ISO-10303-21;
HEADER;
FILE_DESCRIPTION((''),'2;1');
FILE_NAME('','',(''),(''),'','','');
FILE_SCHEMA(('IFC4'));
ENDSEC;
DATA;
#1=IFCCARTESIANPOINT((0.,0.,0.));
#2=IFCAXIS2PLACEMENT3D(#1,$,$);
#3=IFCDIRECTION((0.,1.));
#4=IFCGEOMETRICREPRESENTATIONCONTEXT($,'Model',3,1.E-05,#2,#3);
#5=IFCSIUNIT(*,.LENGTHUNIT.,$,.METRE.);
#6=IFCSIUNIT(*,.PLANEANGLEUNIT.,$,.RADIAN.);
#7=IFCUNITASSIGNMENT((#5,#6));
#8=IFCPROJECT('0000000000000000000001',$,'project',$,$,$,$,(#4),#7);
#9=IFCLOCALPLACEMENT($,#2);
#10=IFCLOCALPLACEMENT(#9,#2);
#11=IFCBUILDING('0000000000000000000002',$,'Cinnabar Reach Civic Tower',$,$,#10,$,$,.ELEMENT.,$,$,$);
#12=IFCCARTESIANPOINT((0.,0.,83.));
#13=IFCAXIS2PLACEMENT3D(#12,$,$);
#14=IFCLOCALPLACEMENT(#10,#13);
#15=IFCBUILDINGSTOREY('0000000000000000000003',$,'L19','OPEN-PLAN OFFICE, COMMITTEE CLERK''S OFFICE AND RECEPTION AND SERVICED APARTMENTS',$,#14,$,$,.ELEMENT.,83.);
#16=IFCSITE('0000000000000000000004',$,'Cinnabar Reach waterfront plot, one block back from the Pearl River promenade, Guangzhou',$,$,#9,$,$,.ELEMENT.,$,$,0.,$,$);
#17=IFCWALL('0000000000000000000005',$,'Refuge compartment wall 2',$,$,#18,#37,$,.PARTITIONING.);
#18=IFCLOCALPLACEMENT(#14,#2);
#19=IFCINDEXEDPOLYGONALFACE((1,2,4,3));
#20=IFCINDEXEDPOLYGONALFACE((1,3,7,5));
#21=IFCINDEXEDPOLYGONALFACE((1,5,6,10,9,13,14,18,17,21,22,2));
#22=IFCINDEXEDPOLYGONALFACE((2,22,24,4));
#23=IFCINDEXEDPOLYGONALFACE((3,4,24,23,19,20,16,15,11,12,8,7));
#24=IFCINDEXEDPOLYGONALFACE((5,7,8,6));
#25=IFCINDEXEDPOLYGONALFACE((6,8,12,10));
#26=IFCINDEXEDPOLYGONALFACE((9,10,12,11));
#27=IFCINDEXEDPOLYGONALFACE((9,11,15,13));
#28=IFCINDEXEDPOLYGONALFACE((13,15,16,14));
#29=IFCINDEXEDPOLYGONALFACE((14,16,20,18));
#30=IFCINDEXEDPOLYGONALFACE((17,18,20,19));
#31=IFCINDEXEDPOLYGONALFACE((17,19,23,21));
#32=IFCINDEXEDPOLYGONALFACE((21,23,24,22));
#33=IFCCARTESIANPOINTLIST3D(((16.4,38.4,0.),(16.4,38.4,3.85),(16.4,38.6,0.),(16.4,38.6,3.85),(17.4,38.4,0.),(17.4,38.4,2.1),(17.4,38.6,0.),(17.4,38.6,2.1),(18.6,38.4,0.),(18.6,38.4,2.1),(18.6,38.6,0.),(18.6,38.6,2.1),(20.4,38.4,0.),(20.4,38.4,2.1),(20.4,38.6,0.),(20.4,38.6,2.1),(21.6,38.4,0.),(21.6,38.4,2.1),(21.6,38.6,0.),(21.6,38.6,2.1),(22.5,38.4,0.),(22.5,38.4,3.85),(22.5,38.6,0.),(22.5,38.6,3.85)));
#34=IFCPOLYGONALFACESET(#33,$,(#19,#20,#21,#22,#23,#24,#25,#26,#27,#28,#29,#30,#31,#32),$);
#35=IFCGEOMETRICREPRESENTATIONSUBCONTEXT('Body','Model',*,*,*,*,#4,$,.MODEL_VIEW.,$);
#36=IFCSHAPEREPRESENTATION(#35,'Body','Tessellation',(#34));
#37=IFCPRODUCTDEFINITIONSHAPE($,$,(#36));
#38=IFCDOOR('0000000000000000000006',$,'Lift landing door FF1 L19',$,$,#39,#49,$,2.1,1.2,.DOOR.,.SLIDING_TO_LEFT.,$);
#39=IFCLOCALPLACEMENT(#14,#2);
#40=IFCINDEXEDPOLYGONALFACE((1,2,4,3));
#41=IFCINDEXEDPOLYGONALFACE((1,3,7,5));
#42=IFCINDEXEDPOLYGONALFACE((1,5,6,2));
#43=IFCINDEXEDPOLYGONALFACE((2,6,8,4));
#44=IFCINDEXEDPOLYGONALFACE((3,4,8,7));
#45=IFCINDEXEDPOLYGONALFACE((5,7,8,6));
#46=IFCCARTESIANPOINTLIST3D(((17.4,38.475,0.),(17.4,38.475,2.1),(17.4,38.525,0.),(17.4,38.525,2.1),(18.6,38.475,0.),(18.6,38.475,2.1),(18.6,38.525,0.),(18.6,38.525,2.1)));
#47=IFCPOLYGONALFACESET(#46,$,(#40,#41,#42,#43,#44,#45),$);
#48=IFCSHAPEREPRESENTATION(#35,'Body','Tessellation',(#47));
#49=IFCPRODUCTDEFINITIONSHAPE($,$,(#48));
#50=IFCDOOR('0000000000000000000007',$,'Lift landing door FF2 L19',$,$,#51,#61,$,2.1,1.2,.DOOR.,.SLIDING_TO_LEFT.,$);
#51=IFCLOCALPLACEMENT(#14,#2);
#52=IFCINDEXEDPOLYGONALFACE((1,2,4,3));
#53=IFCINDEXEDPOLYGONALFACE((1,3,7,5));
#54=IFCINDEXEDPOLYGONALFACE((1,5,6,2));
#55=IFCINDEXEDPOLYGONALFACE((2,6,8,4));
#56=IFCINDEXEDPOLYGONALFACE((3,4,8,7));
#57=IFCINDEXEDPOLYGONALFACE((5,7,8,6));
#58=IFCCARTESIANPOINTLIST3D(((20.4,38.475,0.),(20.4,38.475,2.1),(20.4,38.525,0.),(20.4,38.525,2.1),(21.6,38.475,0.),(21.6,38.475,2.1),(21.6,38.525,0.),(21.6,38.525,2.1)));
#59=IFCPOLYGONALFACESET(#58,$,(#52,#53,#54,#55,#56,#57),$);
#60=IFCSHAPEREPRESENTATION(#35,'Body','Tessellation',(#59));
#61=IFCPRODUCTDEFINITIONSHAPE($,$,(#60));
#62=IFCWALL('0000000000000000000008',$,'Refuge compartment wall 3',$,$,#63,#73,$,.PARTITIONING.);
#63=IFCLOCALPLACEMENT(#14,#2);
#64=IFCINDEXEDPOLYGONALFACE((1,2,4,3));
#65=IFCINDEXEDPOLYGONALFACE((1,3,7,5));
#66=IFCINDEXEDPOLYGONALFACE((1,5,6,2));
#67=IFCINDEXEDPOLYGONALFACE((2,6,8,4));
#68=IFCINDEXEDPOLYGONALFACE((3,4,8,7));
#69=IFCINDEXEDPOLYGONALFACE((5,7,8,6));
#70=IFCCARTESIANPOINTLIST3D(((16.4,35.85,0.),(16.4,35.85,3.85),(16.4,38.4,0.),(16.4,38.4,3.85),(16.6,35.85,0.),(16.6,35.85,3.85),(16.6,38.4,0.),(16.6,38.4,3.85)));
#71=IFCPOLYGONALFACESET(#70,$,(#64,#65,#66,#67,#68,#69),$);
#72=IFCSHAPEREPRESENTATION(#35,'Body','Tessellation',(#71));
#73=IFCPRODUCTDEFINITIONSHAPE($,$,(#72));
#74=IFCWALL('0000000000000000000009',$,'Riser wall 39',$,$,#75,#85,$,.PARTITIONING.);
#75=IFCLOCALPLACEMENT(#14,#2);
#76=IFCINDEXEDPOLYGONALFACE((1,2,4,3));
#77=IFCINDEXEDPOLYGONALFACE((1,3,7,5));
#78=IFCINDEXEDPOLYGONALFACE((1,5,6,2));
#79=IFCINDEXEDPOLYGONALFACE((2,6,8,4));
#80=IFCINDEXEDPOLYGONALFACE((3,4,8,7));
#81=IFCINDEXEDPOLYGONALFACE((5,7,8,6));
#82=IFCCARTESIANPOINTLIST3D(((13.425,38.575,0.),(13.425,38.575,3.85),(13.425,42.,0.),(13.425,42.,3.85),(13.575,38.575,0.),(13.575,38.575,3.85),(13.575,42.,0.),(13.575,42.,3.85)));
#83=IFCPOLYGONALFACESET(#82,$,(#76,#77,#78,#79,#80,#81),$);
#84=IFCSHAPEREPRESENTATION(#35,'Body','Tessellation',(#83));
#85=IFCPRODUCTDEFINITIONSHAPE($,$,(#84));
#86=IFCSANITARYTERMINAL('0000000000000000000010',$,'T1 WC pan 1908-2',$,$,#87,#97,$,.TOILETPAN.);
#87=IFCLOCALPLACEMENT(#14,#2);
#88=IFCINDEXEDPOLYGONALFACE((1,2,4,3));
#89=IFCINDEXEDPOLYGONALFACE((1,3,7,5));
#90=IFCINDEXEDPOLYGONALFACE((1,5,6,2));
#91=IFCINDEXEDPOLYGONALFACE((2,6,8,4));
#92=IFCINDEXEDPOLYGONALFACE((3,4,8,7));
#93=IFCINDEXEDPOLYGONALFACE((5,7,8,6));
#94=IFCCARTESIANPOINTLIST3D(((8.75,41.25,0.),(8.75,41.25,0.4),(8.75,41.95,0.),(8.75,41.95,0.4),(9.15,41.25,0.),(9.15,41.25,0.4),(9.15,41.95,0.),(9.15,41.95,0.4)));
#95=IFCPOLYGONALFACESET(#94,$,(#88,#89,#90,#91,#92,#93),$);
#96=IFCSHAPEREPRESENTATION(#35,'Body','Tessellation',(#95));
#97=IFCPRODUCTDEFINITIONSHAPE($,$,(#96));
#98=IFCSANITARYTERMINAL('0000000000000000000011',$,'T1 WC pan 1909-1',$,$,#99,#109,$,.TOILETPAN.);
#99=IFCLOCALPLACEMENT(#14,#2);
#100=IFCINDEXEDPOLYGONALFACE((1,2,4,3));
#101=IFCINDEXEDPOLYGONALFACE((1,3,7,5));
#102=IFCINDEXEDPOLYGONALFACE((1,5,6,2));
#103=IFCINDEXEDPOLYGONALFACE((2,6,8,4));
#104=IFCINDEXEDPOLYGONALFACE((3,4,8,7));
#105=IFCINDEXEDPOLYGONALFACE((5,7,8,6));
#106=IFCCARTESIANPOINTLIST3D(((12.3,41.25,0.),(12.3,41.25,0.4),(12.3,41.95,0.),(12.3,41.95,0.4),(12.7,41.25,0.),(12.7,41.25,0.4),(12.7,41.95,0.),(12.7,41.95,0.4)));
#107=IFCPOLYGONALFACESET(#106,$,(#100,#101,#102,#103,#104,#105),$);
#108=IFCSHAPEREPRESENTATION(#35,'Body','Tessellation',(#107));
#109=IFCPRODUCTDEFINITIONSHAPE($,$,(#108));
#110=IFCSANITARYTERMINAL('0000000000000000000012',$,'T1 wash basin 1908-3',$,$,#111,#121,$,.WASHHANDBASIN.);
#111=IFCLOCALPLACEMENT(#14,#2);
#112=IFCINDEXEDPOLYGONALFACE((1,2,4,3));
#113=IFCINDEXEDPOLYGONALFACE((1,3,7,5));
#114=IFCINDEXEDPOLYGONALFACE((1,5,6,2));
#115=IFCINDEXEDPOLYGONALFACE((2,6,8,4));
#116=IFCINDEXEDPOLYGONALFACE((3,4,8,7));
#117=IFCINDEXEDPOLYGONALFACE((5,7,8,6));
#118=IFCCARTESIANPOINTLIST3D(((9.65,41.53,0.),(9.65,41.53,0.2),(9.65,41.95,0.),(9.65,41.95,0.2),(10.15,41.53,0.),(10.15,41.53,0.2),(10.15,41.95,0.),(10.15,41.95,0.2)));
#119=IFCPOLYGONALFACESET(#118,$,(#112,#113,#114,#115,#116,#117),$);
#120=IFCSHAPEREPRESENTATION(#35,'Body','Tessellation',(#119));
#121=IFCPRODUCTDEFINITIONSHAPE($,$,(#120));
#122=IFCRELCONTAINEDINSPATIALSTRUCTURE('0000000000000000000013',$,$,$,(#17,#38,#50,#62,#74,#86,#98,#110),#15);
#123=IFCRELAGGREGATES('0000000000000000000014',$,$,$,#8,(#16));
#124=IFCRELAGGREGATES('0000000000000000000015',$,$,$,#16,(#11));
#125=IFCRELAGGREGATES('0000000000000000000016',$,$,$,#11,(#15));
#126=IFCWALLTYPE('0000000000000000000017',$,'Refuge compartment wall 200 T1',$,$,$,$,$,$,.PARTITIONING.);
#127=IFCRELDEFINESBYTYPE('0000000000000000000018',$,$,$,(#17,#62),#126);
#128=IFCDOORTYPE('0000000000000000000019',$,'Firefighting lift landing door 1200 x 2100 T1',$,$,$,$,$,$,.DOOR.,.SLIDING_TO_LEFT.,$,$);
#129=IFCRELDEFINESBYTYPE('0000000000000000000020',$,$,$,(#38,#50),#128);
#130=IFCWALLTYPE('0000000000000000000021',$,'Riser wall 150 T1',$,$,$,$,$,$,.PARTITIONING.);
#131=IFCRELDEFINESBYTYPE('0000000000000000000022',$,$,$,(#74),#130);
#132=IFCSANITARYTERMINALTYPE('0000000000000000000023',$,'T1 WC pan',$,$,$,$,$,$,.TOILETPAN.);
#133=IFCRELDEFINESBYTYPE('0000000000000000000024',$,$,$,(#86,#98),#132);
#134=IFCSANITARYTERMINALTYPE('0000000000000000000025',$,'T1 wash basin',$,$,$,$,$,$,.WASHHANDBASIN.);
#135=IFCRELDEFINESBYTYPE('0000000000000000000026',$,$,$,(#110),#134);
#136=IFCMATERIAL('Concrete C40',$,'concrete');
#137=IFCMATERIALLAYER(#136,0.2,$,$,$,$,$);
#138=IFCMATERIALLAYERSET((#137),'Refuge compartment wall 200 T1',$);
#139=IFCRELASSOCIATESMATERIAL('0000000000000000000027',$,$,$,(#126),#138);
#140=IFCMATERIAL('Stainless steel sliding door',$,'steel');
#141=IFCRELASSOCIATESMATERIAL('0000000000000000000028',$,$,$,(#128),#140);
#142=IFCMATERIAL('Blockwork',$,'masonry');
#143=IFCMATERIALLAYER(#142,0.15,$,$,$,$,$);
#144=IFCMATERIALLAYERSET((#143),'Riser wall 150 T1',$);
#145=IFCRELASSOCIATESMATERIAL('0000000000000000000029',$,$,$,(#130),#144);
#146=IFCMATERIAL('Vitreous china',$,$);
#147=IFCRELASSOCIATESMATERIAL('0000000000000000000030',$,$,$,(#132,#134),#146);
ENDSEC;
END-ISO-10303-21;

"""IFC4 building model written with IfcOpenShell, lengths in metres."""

from ifc_helpers import new_model, si_unit, direction, frame, frame_2d, origin, origin_2d, place, context, subcontext, project, spatial, rectangle, extrude, material, layer, layer_set, type_object, element, fill, save


model = new_model("IFC4")

# Units and contexts
model_context = context("Model", 3, precision=1e-05, world=origin(), true_north=direction((0.0, 1.0)))
body_context = subcontext(model_context, "Body", "Model", "MODEL_VIEW")
ifc_project = project(units=[si_unit("LENGTHUNIT", "METRE"), si_unit("PLANEANGLEUNIT", "RADIAN")], contexts=[model_context])

# Site, building, storey
site_placement = place(None, origin())
site = spatial("IfcSite", under=ifc_project, at=site_placement, Name="Cinnabar Reach waterfront plot, one block back from the Pearl River promenade, Guangzhou", CompositionType="ELEMENT", RefElevation=0.0)
building_placement = place(site_placement, origin())
building = spatial("IfcBuilding", under=site, at=building_placement, Name="Cinnabar Reach Civic Tower", CompositionType="ELEMENT")
storey_placement = place(building_placement, frame((0.0, 0.0, 83.0)))
storey = spatial("IfcBuildingStorey", under=building, at=storey_placement, Name="L19", Description="OPEN-PLAN OFFICE, COMMITTEE CLERK'S OFFICE AND RECEPTION AND SERVICED APARTMENTS", CompositionType="ELEMENT", Elevation=83.0)

# Shared definitions
ifc_material_1 = material(Name="Blockwork", Category="masonry")
ifc_material_2 = material(Name="Concrete C40", Category="concrete")
ifc_layer_1 = layer(ifc_material_2, 0.2)
ifc_layer_set_1 = layer_set([ifc_layer_1], Name="Refuge compartment wall 200 T1")
wall_type_1 = type_object("IfcWallType", Name="Refuge compartment wall 200 T1", PredefinedType="PARTITIONING", material=ifc_layer_set_1)

# Wall, openings, doors
wall_1_placement = place(storey_placement, frame((16.4, 38.5, 0.0), z_axis=(0.0, 0.0, 1.0), x_axis=(1.0, 0.0, 0.0)))
wall_1 = element("IfcWall", 1, at=wall_1_placement, inside=storey, type_object=wall_type_1, Name="Refuge compartment wall 2", PredefinedType="PARTITIONING", context=body_context, shape_type="SweptSolid", body=[
    extrude(rectangle(XDim=6.1, YDim=0.2, at=frame_2d((3.05, 0.0))), origin(), (0.0, 0.0, 1.0), 3.85),
])
opening_1_placement = place(wall_1_placement, frame((1.0, 0.0, 0.0)))
opening_1 = element("IfcOpeningElement", 2, at=opening_1_placement, cuts=wall_1, PredefinedType="OPENING", context=body_context, shape_type="SweptSolid", body=[
    extrude(rectangle(XDim=1.2, YDim=2.1, at=frame_2d((0.6, 1.05))), frame((0.0, 0.11, 0.0), z_axis=(0.0, -1.0, 0.0), x_axis=(1.0, 0.0, 0.0)), (0.0, 0.0, 1.0), 0.22),
])
opening_2_placement = place(wall_1_placement, frame((4.0, 0.0, 0.0)))
opening_2 = element("IfcOpeningElement", 3, at=opening_2_placement, cuts=wall_1, PredefinedType="OPENING", context=body_context, shape_type="SweptSolid", body=[
    extrude(rectangle(XDim=1.2, YDim=2.1, at=frame_2d((0.6, 1.05))), frame((0.0, 0.11, 0.0), z_axis=(0.0, -1.0, 0.0), x_axis=(1.0, 0.0, 0.0)), (0.0, 0.0, 1.0), 0.22),
])
ifc_material_3 = material(Name="Stainless steel sliding door", Category="steel")
door_type = type_object("IfcDoorType", Name="Firefighting lift landing door 1200 x 2100 T1", OperationType="SLIDING_TO_LEFT", PredefinedType="DOOR", material=ifc_material_3)
door_1_placement = place(opening_1_placement, origin())
door_1 = element("IfcDoor", 4, at=door_1_placement, inside=storey, type_object=door_type, Name="Lift landing door FF1 L19", OperationType="SLIDING_TO_LEFT", OverallHeight=2.1, OverallWidth=1.2, PredefinedType="DOOR", context=body_context, shape_type="SweptSolid", body=[
    extrude(rectangle(XDim=1.2, YDim=2.1, at=frame_2d((0.6, 1.05))), frame((0.0, 0.025, 0.0), z_axis=(0.0, -1.0, 0.0), x_axis=(1.0, 0.0, 0.0)), (0.0, 0.0, 1.0), 0.05),
])
fill(opening_1, door_1)
door_2_placement = place(opening_2_placement, origin())
door_2 = element("IfcDoor", 5, at=door_2_placement, inside=storey, type_object=door_type, Name="Lift landing door FF2 L19", OperationType="SLIDING_TO_LEFT", OverallHeight=2.1, OverallWidth=1.2, PredefinedType="DOOR", context=body_context, shape_type="SweptSolid", body=[
    extrude(rectangle(XDim=1.2, YDim=2.1, at=frame_2d((0.6, 1.05))), frame((0.0, 0.025, 0.0), z_axis=(0.0, -1.0, 0.0), x_axis=(1.0, 0.0, 0.0)), (0.0, 0.0, 1.0), 0.05),
])
fill(opening_2, door_2)

# Walls
wall_2_placement = place(storey_placement, frame((16.5, 35.85, 0.0), z_axis=(0.0, 0.0, 1.0), x_axis=(0.0, 1.0, 0.0)))
element("IfcWall", 6, at=wall_2_placement, inside=storey, type_object=wall_type_1, Name="Refuge compartment wall 3", PredefinedType="PARTITIONING", context=body_context, shape_type="SweptSolid", body=[
    extrude(rectangle(XDim=2.55, YDim=0.2, at=frame_2d((1.275, 0.0))), origin(), (0.0, 0.0, 1.0), 3.85),
])
ifc_layer_2 = layer(ifc_material_1, 0.15)
ifc_layer_set_2 = layer_set([ifc_layer_2], Name="Riser wall 150 T1")
wall_type_2 = type_object("IfcWallType", Name="Riser wall 150 T1", PredefinedType="PARTITIONING", material=ifc_layer_set_2)
wall_3_placement = place(storey_placement, frame((13.5, 38.575, 0.0), z_axis=(0.0, 0.0, 1.0), x_axis=(0.0, 1.0, 0.0)))
element("IfcWall", 7, at=wall_3_placement, inside=storey, type_object=wall_type_2, Name="Riser wall 39", PredefinedType="PARTITIONING", context=body_context, shape_type="SweptSolid", body=[
    extrude(rectangle(XDim=3.425, YDim=0.15, at=frame_2d((1.7125, 0.0))), origin(), (0.0, 0.0, 1.0), 3.85),
])

# Sanitary terminals
ifc_material_4 = material(Name="Vitreous china")
sanitary_terminal_type_1 = type_object("IfcSanitaryTerminalType", Name="T1 WC pan", PredefinedType="TOILETPAN", material=ifc_material_4)
for number, where, z_axis, x_axis, name in (
    (8, (8.95, 41.6, 0.0), (0.0, 0.0, 1.0), (1.0, 0.0, 0.0), "T1 WC pan 1908-2"),
    (9, (12.5, 41.6, 0.0), (0.0, 0.0, 1.0), (1.0, 0.0, 0.0), "T1 WC pan 1909-1"),
):
    element("IfcSanitaryTerminal", number, at=place(storey_placement, frame(where, z_axis=z_axis, x_axis=x_axis)), inside=storey, type_object=sanitary_terminal_type_1, Name=name, PredefinedType="TOILETPAN", context=body_context, shape_type="SweptSolid", body=[
        extrude(rectangle(XDim=0.4, YDim=0.7, at=origin_2d()), origin(), (0.0, 0.0, 1.0), 0.4),
    ])
sanitary_terminal_type_2 = type_object("IfcSanitaryTerminalType", Name="T1 wash basin", PredefinedType="WASHHANDBASIN", material=ifc_material_4)
sanitary_terminal_placement = place(storey_placement, frame((9.9, 41.74, 0.0), z_axis=(0.0, 0.0, 1.0), x_axis=(1.0, 0.0, 0.0)))
element("IfcSanitaryTerminal", 10, at=sanitary_terminal_placement, inside=storey, type_object=sanitary_terminal_type_2, Name="T1 wash basin 1908-3", PredefinedType="WASHHANDBASIN", context=body_context, shape_type="SweptSolid", body=[
    extrude(rectangle(XDim=0.5, YDim=0.42, at=origin_2d()), origin(), (0.0, 0.0, 1.0), 0.2),
])

save(model, "model.ifc")
